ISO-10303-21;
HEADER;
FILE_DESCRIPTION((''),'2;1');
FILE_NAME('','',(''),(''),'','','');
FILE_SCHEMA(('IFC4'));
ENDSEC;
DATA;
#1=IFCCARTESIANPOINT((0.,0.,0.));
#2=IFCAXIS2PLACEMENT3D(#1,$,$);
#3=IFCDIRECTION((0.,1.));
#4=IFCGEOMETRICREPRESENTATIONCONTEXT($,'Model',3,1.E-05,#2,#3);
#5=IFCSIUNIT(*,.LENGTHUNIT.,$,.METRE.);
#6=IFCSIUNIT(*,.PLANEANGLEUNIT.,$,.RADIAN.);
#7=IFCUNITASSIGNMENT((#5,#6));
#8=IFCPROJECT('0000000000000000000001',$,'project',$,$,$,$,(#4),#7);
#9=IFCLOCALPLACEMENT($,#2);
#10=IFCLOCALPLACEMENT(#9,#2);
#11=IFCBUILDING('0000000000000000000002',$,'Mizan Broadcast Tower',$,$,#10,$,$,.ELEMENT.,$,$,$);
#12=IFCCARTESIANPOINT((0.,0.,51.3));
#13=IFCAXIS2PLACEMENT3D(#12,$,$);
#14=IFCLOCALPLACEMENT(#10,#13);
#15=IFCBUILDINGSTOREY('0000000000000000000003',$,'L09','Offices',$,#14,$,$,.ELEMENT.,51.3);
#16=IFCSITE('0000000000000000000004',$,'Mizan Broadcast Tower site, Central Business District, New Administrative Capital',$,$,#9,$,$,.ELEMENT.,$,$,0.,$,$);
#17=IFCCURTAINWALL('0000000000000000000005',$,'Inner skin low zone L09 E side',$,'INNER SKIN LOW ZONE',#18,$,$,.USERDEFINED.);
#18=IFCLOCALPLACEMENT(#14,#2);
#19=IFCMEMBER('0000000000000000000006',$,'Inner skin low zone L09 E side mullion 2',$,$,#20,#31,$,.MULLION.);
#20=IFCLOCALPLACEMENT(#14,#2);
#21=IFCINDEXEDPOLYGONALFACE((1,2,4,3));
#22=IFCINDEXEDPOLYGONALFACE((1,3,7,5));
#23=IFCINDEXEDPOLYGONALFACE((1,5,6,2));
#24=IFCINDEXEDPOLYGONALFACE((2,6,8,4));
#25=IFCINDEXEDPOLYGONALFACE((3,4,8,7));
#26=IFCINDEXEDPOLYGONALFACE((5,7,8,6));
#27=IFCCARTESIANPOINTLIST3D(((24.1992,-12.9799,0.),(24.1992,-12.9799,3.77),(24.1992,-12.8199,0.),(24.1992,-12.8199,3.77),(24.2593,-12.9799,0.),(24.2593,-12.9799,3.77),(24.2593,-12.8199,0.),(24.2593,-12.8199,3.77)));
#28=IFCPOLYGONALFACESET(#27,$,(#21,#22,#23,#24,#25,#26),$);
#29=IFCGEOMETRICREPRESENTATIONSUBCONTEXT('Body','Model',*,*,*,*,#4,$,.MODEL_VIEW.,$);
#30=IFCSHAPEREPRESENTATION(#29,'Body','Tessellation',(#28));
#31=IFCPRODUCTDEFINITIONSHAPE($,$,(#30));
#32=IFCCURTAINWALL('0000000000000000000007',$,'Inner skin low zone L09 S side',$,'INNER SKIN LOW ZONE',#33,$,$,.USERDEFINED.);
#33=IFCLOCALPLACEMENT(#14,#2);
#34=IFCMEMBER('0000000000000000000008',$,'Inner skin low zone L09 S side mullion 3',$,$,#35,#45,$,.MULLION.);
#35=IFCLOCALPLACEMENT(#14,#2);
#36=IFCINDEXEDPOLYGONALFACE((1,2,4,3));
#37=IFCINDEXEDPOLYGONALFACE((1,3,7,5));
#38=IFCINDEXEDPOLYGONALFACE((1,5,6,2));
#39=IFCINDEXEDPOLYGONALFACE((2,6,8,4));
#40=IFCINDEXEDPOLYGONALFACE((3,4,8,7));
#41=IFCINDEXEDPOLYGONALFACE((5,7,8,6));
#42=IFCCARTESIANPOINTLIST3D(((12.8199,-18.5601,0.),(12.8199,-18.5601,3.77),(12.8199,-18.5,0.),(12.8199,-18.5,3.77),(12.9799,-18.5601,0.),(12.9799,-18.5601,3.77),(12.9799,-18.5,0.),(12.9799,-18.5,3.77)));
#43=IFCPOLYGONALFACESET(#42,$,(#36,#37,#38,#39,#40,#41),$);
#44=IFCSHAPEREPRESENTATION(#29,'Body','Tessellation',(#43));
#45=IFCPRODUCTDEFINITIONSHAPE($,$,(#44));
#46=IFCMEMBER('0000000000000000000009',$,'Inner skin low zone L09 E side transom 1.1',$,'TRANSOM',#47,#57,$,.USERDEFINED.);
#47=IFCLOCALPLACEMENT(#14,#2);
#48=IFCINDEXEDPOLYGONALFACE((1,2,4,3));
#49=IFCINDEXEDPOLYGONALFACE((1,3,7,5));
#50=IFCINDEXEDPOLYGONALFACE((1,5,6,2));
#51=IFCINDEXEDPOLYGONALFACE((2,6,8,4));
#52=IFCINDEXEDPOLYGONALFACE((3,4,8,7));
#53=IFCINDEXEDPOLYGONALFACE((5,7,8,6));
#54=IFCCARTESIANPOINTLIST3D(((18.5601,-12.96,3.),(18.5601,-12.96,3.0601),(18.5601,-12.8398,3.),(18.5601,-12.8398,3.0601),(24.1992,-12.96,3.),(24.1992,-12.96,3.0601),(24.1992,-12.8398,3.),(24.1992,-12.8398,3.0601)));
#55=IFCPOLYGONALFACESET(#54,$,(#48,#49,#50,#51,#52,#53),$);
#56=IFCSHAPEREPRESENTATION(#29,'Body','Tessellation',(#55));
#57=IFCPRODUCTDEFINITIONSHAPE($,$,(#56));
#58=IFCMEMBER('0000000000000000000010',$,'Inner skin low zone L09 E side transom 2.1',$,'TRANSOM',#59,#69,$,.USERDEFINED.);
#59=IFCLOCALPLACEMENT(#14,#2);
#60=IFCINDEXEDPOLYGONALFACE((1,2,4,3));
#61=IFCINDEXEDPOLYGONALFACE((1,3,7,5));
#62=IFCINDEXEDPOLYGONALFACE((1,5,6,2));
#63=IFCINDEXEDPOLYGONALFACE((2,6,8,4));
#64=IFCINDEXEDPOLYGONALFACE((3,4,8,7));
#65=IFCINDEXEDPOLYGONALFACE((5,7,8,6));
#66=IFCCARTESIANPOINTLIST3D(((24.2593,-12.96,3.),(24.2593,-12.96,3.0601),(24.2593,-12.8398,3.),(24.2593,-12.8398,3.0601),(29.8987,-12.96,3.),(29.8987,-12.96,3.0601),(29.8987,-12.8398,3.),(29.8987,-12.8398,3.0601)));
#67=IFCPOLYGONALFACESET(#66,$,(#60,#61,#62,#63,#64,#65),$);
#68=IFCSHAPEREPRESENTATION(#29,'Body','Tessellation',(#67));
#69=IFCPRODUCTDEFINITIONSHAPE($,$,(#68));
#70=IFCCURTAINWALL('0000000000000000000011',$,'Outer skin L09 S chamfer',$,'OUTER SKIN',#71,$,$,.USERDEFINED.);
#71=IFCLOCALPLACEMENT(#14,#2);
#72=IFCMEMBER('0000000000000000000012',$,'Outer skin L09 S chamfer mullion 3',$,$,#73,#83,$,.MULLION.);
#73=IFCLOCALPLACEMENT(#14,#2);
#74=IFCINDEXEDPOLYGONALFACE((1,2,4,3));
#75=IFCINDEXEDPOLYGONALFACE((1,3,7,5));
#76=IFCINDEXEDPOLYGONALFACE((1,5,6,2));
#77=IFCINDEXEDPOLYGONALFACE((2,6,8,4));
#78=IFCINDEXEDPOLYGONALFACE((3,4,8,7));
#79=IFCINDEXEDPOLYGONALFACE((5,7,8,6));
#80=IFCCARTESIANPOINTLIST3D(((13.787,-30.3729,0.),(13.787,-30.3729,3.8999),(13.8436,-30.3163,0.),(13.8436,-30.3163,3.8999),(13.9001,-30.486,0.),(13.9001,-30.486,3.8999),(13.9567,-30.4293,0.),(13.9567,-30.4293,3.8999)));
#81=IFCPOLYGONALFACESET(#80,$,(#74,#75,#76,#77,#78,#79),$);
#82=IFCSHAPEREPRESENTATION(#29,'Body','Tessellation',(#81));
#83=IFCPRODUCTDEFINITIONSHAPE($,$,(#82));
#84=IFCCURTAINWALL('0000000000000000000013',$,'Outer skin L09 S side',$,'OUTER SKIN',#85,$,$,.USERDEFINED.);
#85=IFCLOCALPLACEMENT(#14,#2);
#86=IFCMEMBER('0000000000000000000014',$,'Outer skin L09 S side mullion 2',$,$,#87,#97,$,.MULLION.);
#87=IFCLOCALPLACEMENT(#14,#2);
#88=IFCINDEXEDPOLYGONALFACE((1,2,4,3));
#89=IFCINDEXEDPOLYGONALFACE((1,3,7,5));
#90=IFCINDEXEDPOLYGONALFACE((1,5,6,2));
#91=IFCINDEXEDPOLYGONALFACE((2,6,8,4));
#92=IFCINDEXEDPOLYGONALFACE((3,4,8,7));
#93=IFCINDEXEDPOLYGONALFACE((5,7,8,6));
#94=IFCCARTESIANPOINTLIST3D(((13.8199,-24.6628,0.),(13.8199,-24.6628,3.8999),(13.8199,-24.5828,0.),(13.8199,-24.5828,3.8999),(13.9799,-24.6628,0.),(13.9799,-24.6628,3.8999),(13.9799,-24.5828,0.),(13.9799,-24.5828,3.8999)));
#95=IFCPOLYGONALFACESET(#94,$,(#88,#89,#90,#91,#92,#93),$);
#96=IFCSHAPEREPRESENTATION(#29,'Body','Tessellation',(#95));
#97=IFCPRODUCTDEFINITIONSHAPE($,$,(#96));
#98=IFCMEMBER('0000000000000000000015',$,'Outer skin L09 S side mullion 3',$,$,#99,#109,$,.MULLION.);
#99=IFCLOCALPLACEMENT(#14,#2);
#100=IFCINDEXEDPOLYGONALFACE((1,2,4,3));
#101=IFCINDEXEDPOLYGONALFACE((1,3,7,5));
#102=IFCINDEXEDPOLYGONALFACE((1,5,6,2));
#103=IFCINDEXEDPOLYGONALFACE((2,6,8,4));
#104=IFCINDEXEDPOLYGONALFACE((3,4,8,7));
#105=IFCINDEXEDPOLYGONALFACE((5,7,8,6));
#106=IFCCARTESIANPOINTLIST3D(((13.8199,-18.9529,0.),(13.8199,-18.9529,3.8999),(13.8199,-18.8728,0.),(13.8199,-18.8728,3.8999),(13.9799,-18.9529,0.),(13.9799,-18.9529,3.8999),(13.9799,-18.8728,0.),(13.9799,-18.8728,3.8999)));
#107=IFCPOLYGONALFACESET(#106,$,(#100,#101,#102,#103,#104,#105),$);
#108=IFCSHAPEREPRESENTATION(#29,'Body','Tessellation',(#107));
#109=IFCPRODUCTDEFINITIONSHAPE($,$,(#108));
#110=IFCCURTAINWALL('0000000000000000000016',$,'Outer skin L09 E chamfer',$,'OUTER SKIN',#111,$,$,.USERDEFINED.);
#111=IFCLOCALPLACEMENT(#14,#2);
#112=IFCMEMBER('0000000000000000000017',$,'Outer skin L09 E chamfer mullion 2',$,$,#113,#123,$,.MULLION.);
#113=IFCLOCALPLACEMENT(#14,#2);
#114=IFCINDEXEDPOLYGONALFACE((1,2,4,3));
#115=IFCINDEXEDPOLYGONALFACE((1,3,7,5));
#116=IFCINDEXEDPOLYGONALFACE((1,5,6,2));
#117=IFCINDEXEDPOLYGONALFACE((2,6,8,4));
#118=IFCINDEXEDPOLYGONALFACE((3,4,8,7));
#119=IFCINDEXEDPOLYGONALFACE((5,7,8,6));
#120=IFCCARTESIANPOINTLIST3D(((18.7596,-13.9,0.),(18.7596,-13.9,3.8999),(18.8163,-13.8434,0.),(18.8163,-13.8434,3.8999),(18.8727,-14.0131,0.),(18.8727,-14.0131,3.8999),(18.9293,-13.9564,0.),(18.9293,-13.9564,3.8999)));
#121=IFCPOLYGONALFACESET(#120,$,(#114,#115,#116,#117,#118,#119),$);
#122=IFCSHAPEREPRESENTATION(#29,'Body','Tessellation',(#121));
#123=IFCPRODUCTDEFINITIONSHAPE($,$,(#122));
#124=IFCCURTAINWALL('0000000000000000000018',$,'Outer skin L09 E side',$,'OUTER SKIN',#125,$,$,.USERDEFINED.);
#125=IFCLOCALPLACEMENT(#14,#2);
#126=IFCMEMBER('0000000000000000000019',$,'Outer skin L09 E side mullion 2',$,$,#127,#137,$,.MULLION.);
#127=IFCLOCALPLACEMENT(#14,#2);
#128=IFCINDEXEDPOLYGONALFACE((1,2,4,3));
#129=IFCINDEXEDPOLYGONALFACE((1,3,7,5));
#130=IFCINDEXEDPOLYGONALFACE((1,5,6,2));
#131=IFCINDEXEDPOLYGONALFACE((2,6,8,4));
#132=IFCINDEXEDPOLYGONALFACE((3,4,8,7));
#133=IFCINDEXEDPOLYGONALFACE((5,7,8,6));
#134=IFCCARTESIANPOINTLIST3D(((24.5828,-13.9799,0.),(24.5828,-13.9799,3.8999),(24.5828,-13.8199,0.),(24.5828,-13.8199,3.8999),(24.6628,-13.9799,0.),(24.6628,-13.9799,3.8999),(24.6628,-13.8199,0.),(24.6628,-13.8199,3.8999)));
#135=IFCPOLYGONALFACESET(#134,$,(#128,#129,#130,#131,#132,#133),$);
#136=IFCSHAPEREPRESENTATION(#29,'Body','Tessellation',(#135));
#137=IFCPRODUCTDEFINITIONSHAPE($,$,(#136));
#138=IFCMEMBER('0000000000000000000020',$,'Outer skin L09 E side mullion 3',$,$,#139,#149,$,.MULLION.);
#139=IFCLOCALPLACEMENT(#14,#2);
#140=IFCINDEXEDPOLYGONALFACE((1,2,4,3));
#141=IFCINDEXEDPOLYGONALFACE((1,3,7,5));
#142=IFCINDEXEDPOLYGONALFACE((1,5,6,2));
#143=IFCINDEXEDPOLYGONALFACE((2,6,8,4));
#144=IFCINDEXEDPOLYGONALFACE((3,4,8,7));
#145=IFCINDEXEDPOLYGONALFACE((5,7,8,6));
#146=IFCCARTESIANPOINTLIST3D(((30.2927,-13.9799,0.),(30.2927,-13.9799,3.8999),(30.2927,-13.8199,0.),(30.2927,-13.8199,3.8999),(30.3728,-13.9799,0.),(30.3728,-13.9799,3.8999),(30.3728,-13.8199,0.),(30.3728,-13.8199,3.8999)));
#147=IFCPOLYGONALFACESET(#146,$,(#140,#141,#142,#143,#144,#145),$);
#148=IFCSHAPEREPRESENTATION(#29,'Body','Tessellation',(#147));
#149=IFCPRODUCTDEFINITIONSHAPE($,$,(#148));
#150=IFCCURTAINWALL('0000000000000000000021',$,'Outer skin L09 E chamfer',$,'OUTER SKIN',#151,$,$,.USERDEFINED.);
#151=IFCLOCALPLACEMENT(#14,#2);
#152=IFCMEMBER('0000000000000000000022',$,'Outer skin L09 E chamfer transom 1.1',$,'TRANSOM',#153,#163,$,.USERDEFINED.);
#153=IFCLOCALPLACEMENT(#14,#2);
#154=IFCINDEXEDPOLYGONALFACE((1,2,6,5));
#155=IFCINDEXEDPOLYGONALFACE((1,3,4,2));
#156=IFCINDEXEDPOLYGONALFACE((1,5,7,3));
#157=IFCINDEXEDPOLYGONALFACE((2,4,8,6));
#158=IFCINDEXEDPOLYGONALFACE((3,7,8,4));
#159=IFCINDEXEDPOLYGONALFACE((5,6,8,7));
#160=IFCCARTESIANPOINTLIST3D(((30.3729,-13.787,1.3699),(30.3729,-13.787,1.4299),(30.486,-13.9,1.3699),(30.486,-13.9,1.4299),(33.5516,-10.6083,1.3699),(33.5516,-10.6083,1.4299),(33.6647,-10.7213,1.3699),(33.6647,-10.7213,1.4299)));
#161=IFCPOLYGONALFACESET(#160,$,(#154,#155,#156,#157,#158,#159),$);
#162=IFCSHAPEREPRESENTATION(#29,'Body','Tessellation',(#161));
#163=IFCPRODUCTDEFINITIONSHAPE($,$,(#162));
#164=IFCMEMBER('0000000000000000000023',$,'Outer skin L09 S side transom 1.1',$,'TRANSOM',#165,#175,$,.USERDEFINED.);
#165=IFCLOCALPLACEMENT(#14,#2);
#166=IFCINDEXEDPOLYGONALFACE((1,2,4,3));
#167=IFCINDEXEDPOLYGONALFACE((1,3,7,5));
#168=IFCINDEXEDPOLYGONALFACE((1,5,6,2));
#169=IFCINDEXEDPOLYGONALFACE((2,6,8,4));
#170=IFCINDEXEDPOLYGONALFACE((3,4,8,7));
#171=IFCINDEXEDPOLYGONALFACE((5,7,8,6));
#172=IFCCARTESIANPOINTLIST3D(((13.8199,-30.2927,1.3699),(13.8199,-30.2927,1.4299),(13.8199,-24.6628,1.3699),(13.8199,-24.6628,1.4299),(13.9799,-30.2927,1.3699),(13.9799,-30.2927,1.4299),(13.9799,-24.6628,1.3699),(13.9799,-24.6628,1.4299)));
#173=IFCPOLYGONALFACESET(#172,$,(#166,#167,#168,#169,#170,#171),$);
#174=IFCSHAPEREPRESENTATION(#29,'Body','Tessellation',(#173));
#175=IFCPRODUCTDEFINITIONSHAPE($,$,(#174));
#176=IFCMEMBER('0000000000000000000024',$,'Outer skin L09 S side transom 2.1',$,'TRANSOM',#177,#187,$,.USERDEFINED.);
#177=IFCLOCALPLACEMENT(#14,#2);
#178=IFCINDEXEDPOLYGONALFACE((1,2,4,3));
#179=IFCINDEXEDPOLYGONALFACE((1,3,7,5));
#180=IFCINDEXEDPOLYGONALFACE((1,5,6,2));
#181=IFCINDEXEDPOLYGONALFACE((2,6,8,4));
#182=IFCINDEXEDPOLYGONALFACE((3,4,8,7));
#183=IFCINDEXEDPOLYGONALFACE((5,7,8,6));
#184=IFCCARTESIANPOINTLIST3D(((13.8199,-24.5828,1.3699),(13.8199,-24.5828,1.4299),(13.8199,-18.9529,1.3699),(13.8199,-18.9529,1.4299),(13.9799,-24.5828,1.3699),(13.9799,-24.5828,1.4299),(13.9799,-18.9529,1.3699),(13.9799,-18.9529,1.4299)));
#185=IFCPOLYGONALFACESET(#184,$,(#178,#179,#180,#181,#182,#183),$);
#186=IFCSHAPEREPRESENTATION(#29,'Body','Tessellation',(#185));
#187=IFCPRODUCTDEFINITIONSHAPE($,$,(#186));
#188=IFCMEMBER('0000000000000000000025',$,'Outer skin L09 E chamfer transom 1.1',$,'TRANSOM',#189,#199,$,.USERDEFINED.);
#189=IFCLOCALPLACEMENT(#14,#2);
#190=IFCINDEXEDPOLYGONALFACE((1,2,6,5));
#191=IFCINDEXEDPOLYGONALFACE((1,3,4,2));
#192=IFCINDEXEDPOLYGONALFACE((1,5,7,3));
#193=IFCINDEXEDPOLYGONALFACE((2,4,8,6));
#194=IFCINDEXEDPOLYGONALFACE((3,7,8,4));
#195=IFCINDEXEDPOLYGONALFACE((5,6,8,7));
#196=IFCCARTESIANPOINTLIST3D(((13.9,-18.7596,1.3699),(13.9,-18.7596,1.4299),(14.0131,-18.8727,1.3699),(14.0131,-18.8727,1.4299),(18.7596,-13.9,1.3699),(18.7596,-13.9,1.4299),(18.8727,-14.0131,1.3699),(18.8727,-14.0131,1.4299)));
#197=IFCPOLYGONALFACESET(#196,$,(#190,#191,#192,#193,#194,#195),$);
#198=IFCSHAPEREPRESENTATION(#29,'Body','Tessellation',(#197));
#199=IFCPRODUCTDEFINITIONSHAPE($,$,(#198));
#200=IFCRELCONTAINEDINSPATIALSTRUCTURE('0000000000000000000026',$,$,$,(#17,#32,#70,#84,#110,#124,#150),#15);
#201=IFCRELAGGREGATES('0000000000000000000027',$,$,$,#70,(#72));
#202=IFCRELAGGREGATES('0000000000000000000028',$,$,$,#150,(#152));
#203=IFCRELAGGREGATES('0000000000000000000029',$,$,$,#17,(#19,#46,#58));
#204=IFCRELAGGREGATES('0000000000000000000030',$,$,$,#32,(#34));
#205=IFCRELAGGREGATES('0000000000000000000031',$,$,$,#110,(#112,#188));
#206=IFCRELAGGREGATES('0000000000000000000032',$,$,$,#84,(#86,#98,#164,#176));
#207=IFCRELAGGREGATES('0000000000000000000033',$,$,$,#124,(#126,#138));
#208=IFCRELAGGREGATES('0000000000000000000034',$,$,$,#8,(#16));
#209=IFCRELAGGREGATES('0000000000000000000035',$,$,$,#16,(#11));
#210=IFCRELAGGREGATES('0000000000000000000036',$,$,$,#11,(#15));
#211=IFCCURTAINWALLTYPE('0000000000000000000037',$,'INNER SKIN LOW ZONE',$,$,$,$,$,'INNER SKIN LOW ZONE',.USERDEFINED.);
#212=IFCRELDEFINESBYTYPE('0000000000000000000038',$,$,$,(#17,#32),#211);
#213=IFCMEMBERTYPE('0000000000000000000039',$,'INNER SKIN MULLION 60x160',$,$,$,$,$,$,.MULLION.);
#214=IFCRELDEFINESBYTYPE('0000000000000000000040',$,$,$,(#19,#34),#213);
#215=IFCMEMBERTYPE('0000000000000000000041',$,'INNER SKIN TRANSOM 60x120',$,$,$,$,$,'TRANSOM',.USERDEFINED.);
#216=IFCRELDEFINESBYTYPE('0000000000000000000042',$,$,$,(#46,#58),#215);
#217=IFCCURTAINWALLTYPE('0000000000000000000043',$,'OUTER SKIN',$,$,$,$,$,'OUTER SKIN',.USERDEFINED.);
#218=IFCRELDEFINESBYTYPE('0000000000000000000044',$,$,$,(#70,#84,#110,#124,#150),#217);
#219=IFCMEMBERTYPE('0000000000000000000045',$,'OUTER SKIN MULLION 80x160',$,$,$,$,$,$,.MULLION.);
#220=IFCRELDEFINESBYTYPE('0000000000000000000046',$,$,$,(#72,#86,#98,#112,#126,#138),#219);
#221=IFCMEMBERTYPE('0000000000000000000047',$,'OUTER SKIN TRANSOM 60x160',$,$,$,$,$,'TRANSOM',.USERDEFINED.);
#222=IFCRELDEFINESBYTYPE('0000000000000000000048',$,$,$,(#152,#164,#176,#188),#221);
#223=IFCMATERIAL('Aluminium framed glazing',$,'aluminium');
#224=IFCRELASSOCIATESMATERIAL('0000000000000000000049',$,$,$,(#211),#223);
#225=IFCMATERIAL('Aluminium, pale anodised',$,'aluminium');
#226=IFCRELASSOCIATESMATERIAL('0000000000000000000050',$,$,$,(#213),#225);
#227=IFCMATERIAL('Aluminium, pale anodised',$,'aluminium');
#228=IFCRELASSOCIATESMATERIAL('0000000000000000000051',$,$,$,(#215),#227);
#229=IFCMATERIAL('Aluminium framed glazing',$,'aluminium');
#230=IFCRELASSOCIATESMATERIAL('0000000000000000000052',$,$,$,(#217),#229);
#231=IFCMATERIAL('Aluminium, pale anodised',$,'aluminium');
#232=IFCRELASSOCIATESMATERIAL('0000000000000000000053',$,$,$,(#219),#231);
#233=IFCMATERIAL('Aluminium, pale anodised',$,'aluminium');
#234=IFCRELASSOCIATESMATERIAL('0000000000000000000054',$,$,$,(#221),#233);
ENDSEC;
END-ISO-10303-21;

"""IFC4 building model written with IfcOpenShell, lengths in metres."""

from ifc_helpers import new_model, si_unit, direction, frame, origin, origin_2d, place, context, subcontext, project, spatial, rectangle, extrude, material, material_profile, profile_set, type_object, element, aggregate, save


model = new_model("IFC4")

# Units and contexts
model_context = context("Model", 3, precision=1e-05, world=origin(), true_north=direction((0.0, 1.0)))
body_context = subcontext(model_context, "Body", "Model", "MODEL_VIEW")
ifc_project = project(units=[si_unit("LENGTHUNIT", "METRE"), si_unit("PLANEANGLEUNIT", "RADIAN")], contexts=[model_context])

# Site, building, storey
site_placement = place(None, origin())
site = spatial("IfcSite", under=ifc_project, at=site_placement, Name="Mizan Broadcast Tower site, Central Business District, New Administrative Capital", CompositionType="ELEMENT", RefElevation=0.0)
building_placement = place(site_placement, origin())
building = spatial("IfcBuilding", under=site, at=building_placement, Name="Mizan Broadcast Tower", CompositionType="ELEMENT")
storey_placement = place(building_placement, frame((0.0, 0.0, 51.3)))
storey = spatial("IfcBuildingStorey", under=building, at=storey_placement, Name="L09", Description="Offices", CompositionType="ELEMENT", Elevation=51.3)

# Curtain walls, members
ifc_material_1 = material(Name="Aluminium framed glazing", Category="aluminium")
curtain_wall_type_1 = type_object("IfcCurtainWallType", Name="INNER SKIN LOW ZONE", ElementType="INNER SKIN LOW ZONE", PredefinedType="USERDEFINED", material=ifc_material_1)
curtain_wall_1_placement = place(storey_placement, origin())
curtain_wall_1 = element("IfcCurtainWall", 1, at=curtain_wall_1_placement, inside=storey, type_object=curtain_wall_type_1, Name="Inner skin low zone L09 E side", ObjectType="INNER SKIN LOW ZONE", PredefinedType="USERDEFINED")
ifc_material_2 = material(Name="Aluminium, pale anodised", Category="aluminium")
ifc_material_profile_1 = material_profile(ifc_material_2, rectangle(XDim=0.1599, YDim=0.0601, at=origin_2d()), Name="MULLION 160x60")
ifc_profile_set_1 = profile_set([ifc_material_profile_1], Name="Aluminium, pale anodised")
member_type_1 = type_object("IfcMemberType", Name="INNER SKIN MULLION 60x160", PredefinedType="MULLION", material=ifc_profile_set_1)
member_1_placement = place(storey_placement, frame((24.2292, -12.8999, 0.0), z_axis=(0.0, 0.0, 1.0), x_axis=(0.0, 1.0, 0.0)))
member_1 = element("IfcMember", 2, at=member_1_placement, type_object=member_type_1, Name="Inner skin low zone L09 E side mullion 2", PredefinedType="MULLION", context=body_context, shape_type="SweptSolid", body=[
    extrude(rectangle(XDim=0.1599, YDim=0.0601, at=origin_2d()), origin(), (0.0, 0.0, 1.0), 3.77),
])
curtain_wall_2_placement = place(storey_placement, origin())
curtain_wall_2 = element("IfcCurtainWall", 3, at=curtain_wall_2_placement, inside=storey, type_object=curtain_wall_type_1, Name="Inner skin low zone L09 S side", ObjectType="INNER SKIN LOW ZONE", PredefinedType="USERDEFINED")
member_2_placement = place(storey_placement, frame((12.8999, -18.53, 0.0), z_axis=(0.0, 0.0, 1.0), x_axis=(-1.0, 0.0, 0.0)))
member_2 = element("IfcMember", 4, at=member_2_placement, type_object=member_type_1, Name="Inner skin low zone L09 S side mullion 3", PredefinedType="MULLION", context=body_context, shape_type="SweptSolid", body=[
    extrude(rectangle(XDim=0.1599, YDim=0.0601, at=origin_2d()), origin(), (0.0, 0.0, 1.0), 3.77),
])

# Members
ifc_material_3 = material(Name="Aluminium, pale anodised", Category="aluminium")
ifc_material_profile_2 = material_profile(ifc_material_3, rectangle(XDim=0.1201, YDim=0.0601, at=origin_2d()), Name="TRANSOM 120x60")
ifc_profile_set_2 = profile_set([ifc_material_profile_2], Name="Aluminium, pale anodised")
member_type_2 = type_object("IfcMemberType", Name="INNER SKIN TRANSOM 60x120", ElementType="TRANSOM", PredefinedType="USERDEFINED", material=ifc_profile_set_2)
member_3_placement = place(storey_placement, frame((18.5601, -12.8999, 3.03), z_axis=(1.0, 0.0, 0.0), x_axis=(0.0, 1.0, 0.0)))
member_3 = element("IfcMember", 5, at=member_3_placement, type_object=member_type_2, Name="Inner skin low zone L09 E side transom 1.1", ObjectType="TRANSOM", PredefinedType="USERDEFINED", context=body_context, shape_type="SweptSolid", body=[
    extrude(rectangle(XDim=0.1201, YDim=0.0601, at=origin_2d()), origin(), (0.0, 0.0, 1.0), 5.6392),
])
member_4_placement = place(storey_placement, frame((24.2593, -12.8999, 3.03), z_axis=(1.0, 0.0, 0.0), x_axis=(0.0, 1.0, 0.0)))
member_4 = element("IfcMember", 6, at=member_4_placement, type_object=member_type_2, Name="Inner skin low zone L09 E side transom 2.1", ObjectType="TRANSOM", PredefinedType="USERDEFINED", context=body_context, shape_type="SweptSolid", body=[
    extrude(rectangle(XDim=0.1201, YDim=0.0601, at=origin_2d()), origin(), (0.0, 0.0, 1.0), 5.6394),
])

# Curtain wall, member
ifc_material_4 = material(Name="Aluminium framed glazing", Category="aluminium")
curtain_wall_type_2 = type_object("IfcCurtainWallType", Name="OUTER SKIN", ElementType="OUTER SKIN", PredefinedType="USERDEFINED", material=ifc_material_4)
curtain_wall_3_placement = place(storey_placement, origin())
curtain_wall_3 = element("IfcCurtainWall", 7, at=curtain_wall_3_placement, inside=storey, type_object=curtain_wall_type_2, Name="Outer skin L09 S chamfer", ObjectType="OUTER SKIN", PredefinedType="USERDEFINED")
ifc_material_5 = material(Name="Aluminium, pale anodised", Category="aluminium")
ifc_material_profile_3 = material_profile(ifc_material_5, rectangle(XDim=0.1599, YDim=0.0801, at=origin_2d()), Name="MULLION 160x80")
ifc_profile_set_3 = profile_set([ifc_material_profile_3], Name="Aluminium, pale anodised")
member_type_3 = type_object("IfcMemberType", Name="OUTER SKIN MULLION 80x160", PredefinedType="MULLION", material=ifc_profile_set_3)
member_5_placement = place(storey_placement, frame((13.8718, -30.4011, 0.0), z_axis=(0.0, 0.0, 1.0), x_axis=(-0.707107, 0.707107, 0.0)))
member_5 = element("IfcMember", 8, at=member_5_placement, type_object=member_type_3, Name="Outer skin L09 S chamfer mullion 3", PredefinedType="MULLION", context=body_context, shape_type="SweptSolid", body=[
    extrude(rectangle(XDim=0.1599, YDim=0.0801, at=origin_2d()), origin(), (0.0, 0.0, 1.0), 3.8999),
])
aggregate(curtain_wall_3, [member_5])

# Curtain wall, members
curtain_wall_4_placement = place(storey_placement, origin())
curtain_wall_4 = element("IfcCurtainWall", 9, at=curtain_wall_4_placement, inside=storey, type_object=curtain_wall_type_2, Name="Outer skin L09 S side", ObjectType="OUTER SKIN", PredefinedType="USERDEFINED")
member_6_placement = place(storey_placement, frame((13.8999, -24.6228, 0.0), z_axis=(0.0, 0.0, 1.0), x_axis=(-1.0, 0.0, 0.0)))
member_6 = element("IfcMember", 10, at=member_6_placement, type_object=member_type_3, Name="Outer skin L09 S side mullion 2", PredefinedType="MULLION", context=body_context, shape_type="SweptSolid", body=[
    extrude(rectangle(XDim=0.1599, YDim=0.0801, at=origin_2d()), origin(), (0.0, 0.0, 1.0), 3.8999),
])
member_7_placement = place(storey_placement, frame((13.8999, -18.9128, 0.0), z_axis=(0.0, 0.0, 1.0), x_axis=(-1.0, 0.0, 0.0)))
member_7 = element("IfcMember", 11, at=member_7_placement, type_object=member_type_3, Name="Outer skin L09 S side mullion 3", PredefinedType="MULLION", context=body_context, shape_type="SweptSolid", body=[
    extrude(rectangle(XDim=0.1599, YDim=0.0801, at=origin_2d()), origin(), (0.0, 0.0, 1.0), 3.8999),
])

# Curtain wall, member
curtain_wall_5_placement = place(storey_placement, origin())
curtain_wall_5 = element("IfcCurtainWall", 12, at=curtain_wall_5_placement, inside=storey, type_object=curtain_wall_type_2, Name="Outer skin L09 E chamfer", ObjectType="OUTER SKIN", PredefinedType="USERDEFINED")
member_8_placement = place(storey_placement, frame((18.8445, -13.9282, 0.0), z_axis=(0.0, 0.0, 1.0), x_axis=(-0.707107, 0.707107, 0.0)))
member_8 = element("IfcMember", 13, at=member_8_placement, type_object=member_type_3, Name="Outer skin L09 E chamfer mullion 2", PredefinedType="MULLION", context=body_context, shape_type="SweptSolid", body=[
    extrude(rectangle(XDim=0.1599, YDim=0.0801, at=origin_2d()), origin(), (0.0, 0.0, 1.0), 3.8999),
])

# Curtain wall, members
curtain_wall_6_placement = place(storey_placement, origin())
curtain_wall_6 = element("IfcCurtainWall", 14, at=curtain_wall_6_placement, inside=storey, type_object=curtain_wall_type_2, Name="Outer skin L09 E side", ObjectType="OUTER SKIN", PredefinedType="USERDEFINED")
member_9_placement = place(storey_placement, frame((24.6228, -13.8999, 0.0), z_axis=(0.0, 0.0, 1.0), x_axis=(0.0, 1.0, 0.0)))
member_9 = element("IfcMember", 15, at=member_9_placement, type_object=member_type_3, Name="Outer skin L09 E side mullion 2", PredefinedType="MULLION", context=body_context, shape_type="SweptSolid", body=[
    extrude(rectangle(XDim=0.1599, YDim=0.0801, at=origin_2d()), origin(), (0.0, 0.0, 1.0), 3.8999),
])
member_10_placement = place(storey_placement, frame((30.3328, -13.8999, 0.0), z_axis=(0.0, 0.0, 1.0), x_axis=(0.0, 1.0, 0.0)))
member_10 = element("IfcMember", 16, at=member_10_placement, type_object=member_type_3, Name="Outer skin L09 E side mullion 3", PredefinedType="MULLION", context=body_context, shape_type="SweptSolid", body=[
    extrude(rectangle(XDim=0.1599, YDim=0.0801, at=origin_2d()), origin(), (0.0, 0.0, 1.0), 3.8999),
])

# Curtain wall, member
curtain_wall_7_placement = place(storey_placement, origin())
curtain_wall_7 = element("IfcCurtainWall", 17, at=curtain_wall_7_placement, inside=storey, type_object=curtain_wall_type_2, Name="Outer skin L09 E chamfer", ObjectType="OUTER SKIN", PredefinedType="USERDEFINED")
ifc_material_6 = material(Name="Aluminium, pale anodised", Category="aluminium")
ifc_material_profile_4 = material_profile(ifc_material_6, rectangle(XDim=0.1599, YDim=0.0601, at=origin_2d()), Name="TRANSOM 160x60")
ifc_profile_set_4 = profile_set([ifc_material_profile_4], Name="Aluminium, pale anodised")
member_type_4 = type_object("IfcMemberType", Name="OUTER SKIN TRANSOM 60x160", ElementType="TRANSOM", PredefinedType="USERDEFINED", material=ifc_profile_set_4)
member_11_placement = place(storey_placement, frame((30.4294, -13.8435, 1.3999), z_axis=(0.707107, 0.707107, 0.0), x_axis=(-0.707107, 0.707107, 0.0)))
member_11 = element("IfcMember", 18, at=member_11_placement, type_object=member_type_4, Name="Outer skin L09 E chamfer transom 1.1", ObjectType="TRANSOM", PredefinedType="USERDEFINED", context=body_context, shape_type="SweptSolid", body=[
    extrude(rectangle(XDim=0.1599, YDim=0.0601, at=origin_2d()), origin(), (0.0, 0.0, 1.0), 4.4954),
])
aggregate(curtain_wall_7, [member_11])

# Members
member_12_placement = place(storey_placement, frame((13.8999, -30.2927, 1.3999), z_axis=(0.0, 1.0, 0.0), x_axis=(-1.0, 0.0, 0.0)))
member_12 = element("IfcMember", 19, at=member_12_placement, type_object=member_type_4, Name="Outer skin L09 S side transom 1.1", ObjectType="TRANSOM", PredefinedType="USERDEFINED", context=body_context, shape_type="SweptSolid", body=[
    extrude(rectangle(XDim=0.1599, YDim=0.0601, at=origin_2d()), origin(), (0.0, 0.0, 1.0), 5.6299),
])
member_13_placement = place(storey_placement, frame((13.8999, -24.5828, 1.3999), z_axis=(0.0, 1.0, 0.0), x_axis=(-1.0, 0.0, 0.0)))
member_13 = element("IfcMember", 20, at=member_13_placement, type_object=member_type_4, Name="Outer skin L09 S side transom 2.1", ObjectType="TRANSOM", PredefinedType="USERDEFINED", context=body_context, shape_type="SweptSolid", body=[
    extrude(rectangle(XDim=0.1599, YDim=0.0601, at=origin_2d()), origin(), (0.0, 0.0, 1.0), 5.6299),
])
member_14_placement = place(storey_placement, frame((13.9565, -18.8162, 1.3999), z_axis=(0.707107, 0.707107, 0.0), x_axis=(-0.707107, 0.707107, 0.0)))
member_14 = element("IfcMember", 21, at=member_14_placement, type_object=member_type_4, Name="Outer skin L09 E chamfer transom 1.1", ObjectType="TRANSOM", PredefinedType="USERDEFINED", context=body_context, shape_type="SweptSolid", body=[
    extrude(rectangle(XDim=0.1599, YDim=0.0601, at=origin_2d()), origin(), (0.0, 0.0, 1.0), 6.8726),
])

aggregate(curtain_wall_1, [member_1, member_3, member_4])
aggregate(curtain_wall_2, [member_2])
aggregate(curtain_wall_5, [member_8, member_14])
aggregate(curtain_wall_4, [member_6, member_7, member_12, member_13])
aggregate(curtain_wall_6, [member_9, member_10])

save(model, "model.ifc")
